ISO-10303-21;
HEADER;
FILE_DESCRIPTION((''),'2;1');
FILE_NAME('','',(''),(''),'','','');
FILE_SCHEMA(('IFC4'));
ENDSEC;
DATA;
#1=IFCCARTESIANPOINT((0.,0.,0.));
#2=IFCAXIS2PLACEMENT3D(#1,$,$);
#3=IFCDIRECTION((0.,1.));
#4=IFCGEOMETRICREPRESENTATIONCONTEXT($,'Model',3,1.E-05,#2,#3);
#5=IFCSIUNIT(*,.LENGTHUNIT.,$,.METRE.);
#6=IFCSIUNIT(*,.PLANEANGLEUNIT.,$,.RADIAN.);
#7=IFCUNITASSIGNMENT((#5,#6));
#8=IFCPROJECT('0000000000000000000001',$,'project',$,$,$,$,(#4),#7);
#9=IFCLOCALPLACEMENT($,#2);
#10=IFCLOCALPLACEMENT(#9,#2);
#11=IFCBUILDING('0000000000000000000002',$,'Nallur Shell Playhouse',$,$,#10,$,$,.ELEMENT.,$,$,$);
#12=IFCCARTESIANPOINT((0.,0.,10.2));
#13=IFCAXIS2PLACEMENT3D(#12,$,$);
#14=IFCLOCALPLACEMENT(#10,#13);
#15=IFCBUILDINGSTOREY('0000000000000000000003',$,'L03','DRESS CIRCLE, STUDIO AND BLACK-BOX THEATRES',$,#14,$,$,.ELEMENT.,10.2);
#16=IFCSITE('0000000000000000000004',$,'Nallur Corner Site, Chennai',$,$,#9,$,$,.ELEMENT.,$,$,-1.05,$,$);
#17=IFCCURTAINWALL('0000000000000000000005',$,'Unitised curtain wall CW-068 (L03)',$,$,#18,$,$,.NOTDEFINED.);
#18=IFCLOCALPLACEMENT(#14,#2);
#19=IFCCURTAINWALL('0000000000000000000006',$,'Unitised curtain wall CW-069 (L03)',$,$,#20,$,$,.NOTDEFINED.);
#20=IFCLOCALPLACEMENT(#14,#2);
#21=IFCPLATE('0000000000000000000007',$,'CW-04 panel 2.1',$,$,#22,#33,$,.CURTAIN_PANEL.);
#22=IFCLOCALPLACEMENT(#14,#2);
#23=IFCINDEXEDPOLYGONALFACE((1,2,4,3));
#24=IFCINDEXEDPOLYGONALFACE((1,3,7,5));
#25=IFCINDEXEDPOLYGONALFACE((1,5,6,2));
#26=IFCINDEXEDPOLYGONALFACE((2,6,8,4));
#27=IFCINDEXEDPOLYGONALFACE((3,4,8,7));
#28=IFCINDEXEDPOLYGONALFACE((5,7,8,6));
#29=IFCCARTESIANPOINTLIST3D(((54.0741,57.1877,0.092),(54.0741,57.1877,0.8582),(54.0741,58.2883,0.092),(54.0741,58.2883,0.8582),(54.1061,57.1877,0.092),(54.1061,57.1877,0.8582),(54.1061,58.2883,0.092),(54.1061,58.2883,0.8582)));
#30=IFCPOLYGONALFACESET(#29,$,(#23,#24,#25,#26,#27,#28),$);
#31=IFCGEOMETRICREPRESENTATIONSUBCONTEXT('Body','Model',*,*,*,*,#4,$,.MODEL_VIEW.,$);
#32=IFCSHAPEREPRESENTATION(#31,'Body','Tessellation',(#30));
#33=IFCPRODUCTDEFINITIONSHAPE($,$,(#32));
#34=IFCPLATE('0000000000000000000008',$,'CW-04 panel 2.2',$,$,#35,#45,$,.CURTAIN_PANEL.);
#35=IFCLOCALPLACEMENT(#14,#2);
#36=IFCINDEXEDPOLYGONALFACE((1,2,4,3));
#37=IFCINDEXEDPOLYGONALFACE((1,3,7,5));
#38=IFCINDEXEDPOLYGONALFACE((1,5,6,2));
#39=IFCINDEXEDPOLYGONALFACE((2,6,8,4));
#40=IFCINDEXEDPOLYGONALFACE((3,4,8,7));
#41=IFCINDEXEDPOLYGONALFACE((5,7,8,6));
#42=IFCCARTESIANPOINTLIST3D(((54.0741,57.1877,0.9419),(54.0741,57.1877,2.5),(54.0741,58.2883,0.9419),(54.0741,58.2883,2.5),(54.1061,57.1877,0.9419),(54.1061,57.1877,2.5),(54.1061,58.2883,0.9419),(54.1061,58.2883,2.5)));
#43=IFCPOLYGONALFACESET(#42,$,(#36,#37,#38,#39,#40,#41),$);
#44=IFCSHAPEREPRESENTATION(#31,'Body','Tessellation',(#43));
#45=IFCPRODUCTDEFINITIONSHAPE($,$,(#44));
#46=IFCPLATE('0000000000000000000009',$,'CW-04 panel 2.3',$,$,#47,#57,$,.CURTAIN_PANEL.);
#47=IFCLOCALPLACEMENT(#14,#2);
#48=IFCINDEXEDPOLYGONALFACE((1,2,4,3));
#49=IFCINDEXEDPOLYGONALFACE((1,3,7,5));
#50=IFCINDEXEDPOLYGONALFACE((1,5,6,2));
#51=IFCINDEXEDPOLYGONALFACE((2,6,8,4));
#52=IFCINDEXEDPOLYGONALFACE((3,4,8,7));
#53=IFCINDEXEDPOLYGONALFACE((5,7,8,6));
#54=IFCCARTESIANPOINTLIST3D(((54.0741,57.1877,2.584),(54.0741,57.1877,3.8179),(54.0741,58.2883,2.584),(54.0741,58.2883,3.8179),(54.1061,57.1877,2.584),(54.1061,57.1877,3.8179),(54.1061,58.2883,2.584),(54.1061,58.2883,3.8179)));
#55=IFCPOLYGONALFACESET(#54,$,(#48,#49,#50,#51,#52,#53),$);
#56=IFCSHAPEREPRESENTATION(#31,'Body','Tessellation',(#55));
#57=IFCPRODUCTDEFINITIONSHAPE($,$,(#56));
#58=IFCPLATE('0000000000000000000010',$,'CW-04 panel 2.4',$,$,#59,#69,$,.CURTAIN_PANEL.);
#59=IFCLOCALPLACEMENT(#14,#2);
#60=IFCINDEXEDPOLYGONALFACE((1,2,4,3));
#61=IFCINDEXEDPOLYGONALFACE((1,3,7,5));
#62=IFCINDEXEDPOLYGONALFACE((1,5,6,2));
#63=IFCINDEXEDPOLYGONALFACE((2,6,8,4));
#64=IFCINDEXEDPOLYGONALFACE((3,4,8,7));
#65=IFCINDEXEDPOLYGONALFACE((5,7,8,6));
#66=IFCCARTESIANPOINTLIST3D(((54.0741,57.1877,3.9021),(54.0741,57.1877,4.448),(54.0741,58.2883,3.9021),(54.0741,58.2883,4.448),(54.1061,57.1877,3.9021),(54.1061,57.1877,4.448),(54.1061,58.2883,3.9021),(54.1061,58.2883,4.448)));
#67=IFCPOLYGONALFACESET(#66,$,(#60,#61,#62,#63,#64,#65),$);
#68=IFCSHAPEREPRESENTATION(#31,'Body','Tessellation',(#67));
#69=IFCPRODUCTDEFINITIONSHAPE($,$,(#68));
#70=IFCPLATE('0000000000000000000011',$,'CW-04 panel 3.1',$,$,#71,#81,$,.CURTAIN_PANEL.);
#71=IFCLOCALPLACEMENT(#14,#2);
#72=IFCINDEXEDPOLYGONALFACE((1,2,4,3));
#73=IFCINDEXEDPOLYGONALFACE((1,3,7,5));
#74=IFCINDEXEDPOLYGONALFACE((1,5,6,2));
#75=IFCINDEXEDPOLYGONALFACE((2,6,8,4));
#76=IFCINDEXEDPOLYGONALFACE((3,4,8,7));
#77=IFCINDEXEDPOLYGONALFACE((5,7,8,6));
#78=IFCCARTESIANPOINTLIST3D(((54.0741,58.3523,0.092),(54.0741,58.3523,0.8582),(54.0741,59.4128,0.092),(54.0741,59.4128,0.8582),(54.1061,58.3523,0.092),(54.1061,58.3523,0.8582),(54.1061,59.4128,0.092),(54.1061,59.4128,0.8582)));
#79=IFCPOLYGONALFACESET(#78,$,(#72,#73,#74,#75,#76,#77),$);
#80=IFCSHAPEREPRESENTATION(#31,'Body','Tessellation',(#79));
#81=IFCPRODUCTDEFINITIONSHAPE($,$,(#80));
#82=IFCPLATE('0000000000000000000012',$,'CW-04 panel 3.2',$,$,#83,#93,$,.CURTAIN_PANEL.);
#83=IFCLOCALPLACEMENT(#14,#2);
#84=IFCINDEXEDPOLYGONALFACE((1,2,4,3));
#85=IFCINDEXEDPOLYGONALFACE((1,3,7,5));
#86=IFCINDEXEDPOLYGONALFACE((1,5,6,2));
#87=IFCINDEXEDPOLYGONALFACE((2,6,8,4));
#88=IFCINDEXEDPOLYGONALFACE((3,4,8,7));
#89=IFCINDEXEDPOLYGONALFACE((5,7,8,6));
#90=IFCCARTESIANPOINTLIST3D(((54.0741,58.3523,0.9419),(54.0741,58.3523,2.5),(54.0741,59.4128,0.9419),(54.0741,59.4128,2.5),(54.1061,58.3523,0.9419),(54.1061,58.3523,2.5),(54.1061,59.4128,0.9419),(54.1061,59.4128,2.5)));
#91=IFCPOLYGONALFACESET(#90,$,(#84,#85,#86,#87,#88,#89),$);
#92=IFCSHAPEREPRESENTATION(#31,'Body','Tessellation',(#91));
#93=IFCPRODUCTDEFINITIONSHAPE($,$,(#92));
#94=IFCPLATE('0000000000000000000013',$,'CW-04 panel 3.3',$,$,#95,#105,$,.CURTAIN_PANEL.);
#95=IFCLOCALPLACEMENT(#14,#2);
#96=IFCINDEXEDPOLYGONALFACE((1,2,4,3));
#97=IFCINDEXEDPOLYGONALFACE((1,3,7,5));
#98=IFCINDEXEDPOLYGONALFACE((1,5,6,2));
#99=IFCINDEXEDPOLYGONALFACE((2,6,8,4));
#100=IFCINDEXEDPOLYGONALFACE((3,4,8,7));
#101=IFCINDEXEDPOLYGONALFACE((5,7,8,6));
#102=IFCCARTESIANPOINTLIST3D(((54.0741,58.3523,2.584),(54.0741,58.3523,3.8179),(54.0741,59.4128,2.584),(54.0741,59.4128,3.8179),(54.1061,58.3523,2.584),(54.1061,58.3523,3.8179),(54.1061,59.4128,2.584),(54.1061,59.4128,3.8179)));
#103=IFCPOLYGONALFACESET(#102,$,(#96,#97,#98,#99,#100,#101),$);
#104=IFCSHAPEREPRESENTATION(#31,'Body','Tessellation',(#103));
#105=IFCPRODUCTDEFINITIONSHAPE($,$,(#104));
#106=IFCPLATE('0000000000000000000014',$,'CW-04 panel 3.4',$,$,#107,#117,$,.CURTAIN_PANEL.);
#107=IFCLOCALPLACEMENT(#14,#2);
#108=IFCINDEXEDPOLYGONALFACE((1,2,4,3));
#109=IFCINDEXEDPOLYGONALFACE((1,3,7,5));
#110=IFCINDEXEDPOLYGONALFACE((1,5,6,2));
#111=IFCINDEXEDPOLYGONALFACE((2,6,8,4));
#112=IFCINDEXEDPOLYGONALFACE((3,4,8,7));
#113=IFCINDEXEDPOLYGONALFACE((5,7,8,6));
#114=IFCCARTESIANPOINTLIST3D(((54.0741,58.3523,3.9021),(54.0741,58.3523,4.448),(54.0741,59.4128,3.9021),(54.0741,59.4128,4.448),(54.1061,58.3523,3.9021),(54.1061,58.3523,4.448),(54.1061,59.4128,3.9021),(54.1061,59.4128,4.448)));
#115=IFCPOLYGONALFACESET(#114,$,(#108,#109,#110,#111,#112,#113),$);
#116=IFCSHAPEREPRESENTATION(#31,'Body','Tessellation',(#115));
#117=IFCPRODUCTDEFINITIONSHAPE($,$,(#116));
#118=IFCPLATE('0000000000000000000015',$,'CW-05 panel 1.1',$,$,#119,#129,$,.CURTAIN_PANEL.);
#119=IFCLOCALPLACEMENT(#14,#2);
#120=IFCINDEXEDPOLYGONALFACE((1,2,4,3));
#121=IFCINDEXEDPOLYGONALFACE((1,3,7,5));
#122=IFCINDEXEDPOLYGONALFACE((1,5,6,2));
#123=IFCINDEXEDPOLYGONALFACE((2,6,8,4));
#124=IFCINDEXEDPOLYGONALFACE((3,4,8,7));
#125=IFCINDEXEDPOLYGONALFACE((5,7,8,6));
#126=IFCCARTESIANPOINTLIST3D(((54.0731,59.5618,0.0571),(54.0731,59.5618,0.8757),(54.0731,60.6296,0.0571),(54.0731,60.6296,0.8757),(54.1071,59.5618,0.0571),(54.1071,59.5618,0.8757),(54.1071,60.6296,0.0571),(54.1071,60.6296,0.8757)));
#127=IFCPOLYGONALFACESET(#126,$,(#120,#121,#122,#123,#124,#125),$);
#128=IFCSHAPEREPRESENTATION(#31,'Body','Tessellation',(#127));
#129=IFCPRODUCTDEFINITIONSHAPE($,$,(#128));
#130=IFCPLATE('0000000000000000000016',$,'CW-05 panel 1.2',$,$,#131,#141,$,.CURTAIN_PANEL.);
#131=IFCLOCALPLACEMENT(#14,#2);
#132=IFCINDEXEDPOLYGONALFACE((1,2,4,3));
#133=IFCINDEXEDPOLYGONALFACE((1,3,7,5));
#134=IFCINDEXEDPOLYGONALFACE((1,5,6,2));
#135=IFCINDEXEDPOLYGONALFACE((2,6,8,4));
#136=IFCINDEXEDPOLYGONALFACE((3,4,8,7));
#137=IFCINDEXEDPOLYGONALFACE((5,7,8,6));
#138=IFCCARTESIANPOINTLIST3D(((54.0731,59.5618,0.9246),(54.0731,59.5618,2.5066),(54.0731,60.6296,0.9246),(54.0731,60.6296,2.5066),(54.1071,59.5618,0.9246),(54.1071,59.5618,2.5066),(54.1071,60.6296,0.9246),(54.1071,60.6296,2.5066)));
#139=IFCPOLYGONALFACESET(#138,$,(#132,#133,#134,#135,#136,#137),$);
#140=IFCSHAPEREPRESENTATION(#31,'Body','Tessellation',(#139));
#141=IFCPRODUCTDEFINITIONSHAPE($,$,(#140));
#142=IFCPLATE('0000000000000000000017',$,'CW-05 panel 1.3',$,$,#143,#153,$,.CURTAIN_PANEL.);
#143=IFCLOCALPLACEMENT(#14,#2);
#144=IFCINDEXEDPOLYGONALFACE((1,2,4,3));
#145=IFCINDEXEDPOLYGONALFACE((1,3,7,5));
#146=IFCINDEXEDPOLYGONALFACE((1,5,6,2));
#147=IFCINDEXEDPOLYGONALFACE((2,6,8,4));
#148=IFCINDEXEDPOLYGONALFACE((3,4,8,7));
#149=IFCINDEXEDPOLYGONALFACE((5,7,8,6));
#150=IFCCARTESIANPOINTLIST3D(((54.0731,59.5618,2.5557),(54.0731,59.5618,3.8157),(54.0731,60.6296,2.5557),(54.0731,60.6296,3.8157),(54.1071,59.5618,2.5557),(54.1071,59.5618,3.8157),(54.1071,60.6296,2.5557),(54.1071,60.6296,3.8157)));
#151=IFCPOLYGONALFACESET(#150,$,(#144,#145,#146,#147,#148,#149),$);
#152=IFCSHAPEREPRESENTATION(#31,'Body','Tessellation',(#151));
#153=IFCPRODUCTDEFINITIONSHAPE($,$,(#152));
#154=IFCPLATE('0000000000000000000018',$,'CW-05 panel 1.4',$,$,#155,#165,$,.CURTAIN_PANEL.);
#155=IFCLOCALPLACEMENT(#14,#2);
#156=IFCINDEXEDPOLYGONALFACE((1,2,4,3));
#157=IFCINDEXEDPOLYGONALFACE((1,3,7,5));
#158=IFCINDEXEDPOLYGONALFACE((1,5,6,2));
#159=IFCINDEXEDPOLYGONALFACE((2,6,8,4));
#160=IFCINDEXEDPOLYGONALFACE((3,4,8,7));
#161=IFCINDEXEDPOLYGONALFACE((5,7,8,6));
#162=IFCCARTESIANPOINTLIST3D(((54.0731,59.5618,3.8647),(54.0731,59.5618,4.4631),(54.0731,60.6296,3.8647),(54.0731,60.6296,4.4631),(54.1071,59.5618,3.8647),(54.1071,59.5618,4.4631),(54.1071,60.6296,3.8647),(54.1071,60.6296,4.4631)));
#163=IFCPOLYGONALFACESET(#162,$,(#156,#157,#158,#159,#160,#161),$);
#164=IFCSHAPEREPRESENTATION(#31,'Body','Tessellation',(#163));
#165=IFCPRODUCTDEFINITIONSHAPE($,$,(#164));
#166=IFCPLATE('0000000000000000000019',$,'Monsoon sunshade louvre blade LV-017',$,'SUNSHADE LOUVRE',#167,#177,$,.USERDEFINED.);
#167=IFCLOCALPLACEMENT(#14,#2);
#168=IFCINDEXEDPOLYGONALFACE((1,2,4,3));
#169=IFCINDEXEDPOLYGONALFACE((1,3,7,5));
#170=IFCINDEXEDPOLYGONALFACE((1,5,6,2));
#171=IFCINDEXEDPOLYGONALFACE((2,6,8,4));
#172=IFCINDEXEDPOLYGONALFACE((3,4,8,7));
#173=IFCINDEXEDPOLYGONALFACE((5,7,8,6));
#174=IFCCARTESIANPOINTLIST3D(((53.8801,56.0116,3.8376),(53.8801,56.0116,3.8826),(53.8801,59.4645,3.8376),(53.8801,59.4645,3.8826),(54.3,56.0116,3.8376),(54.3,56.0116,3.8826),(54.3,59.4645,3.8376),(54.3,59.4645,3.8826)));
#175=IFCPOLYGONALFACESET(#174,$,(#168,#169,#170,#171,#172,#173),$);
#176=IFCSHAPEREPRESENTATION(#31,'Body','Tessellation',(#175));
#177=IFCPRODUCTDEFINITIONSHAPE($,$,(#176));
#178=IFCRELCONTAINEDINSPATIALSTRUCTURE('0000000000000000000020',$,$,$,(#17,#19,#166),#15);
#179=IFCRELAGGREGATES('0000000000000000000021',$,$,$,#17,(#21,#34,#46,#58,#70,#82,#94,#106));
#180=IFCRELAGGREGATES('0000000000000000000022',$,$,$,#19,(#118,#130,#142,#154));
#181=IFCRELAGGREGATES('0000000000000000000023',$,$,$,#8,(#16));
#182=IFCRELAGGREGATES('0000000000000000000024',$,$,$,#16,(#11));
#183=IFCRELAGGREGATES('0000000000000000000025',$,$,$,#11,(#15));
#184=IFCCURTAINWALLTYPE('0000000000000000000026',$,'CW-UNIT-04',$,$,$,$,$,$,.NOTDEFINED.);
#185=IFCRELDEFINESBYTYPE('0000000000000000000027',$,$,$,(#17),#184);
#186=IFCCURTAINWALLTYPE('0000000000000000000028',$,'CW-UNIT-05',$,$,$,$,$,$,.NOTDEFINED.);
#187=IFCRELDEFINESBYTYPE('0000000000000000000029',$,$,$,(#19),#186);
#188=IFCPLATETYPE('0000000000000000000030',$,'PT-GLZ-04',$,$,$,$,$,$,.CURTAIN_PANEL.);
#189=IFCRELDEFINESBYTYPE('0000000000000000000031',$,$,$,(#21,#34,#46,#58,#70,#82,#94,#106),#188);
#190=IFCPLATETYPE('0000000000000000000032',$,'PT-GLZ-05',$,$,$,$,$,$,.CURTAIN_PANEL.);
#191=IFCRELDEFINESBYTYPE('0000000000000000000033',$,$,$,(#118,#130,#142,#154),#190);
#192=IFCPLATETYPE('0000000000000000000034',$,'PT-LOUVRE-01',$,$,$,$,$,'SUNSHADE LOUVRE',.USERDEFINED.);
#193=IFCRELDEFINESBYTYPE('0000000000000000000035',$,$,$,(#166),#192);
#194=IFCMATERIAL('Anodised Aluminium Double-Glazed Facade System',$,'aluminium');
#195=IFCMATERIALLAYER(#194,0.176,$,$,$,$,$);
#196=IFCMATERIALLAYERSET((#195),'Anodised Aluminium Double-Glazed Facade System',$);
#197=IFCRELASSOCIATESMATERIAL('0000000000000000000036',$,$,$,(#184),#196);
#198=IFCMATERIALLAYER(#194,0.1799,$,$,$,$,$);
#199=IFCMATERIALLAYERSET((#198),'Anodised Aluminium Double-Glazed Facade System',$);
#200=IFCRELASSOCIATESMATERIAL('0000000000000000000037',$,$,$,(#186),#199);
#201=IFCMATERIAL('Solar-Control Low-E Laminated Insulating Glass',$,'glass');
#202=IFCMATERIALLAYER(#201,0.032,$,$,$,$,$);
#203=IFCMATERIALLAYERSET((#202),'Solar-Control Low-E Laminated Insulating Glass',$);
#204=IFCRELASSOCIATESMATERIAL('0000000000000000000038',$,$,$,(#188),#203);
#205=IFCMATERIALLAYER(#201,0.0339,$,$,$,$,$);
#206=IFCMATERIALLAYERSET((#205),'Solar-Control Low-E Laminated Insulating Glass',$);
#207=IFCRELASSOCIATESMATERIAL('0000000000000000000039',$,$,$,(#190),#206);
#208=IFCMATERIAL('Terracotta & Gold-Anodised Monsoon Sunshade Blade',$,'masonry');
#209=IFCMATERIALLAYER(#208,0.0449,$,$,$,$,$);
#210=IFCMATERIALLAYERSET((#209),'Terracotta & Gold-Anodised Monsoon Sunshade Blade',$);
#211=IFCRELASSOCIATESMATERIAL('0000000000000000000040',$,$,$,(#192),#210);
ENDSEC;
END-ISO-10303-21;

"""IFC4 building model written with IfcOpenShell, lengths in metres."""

from ifc_helpers import new_model, si_unit, direction, frame, origin, origin_2d, place, context, subcontext, project, spatial, rectangle, extrude, material, layer, layer_set, type_object, element, aggregate, save


model = new_model("IFC4")

# Units and contexts
model_context = context("Model", 3, precision=1e-05, world=origin(), true_north=direction((0.0, 1.0)))
body_context = subcontext(model_context, "Body", "Model", "MODEL_VIEW")
ifc_project = project(units=[si_unit("LENGTHUNIT", "METRE"), si_unit("PLANEANGLEUNIT", "RADIAN")], contexts=[model_context])

# Site, building, storey
site_placement = place(None, origin())
site = spatial("IfcSite", under=ifc_project, at=site_placement, Name="Nallur Corner Site, Chennai", CompositionType="ELEMENT", RefElevation=-1.05)
building_placement = place(site_placement, origin())
building = spatial("IfcBuilding", under=site, at=building_placement, Name="Nallur Shell Playhouse", CompositionType="ELEMENT")
storey_placement = place(building_placement, frame((0.0, 0.0, 10.2)))
storey = spatial("IfcBuildingStorey", under=building, at=storey_placement, Name="L03", Description="DRESS CIRCLE, STUDIO AND BLACK-BOX THEATRES", CompositionType="ELEMENT", Elevation=10.2)

# Curtain walls
ifc_material_1 = material(Name="Anodised Aluminium Double-Glazed Facade System", Category="aluminium")
ifc_layer_1 = layer(ifc_material_1, 0.176)
ifc_layer_set_1 = layer_set([ifc_layer_1], Name="Anodised Aluminium Double-Glazed Facade System")
curtain_wall_type_1 = type_object("IfcCurtainWallType", Name="CW-UNIT-04", PredefinedType="NOTDEFINED", material=ifc_layer_set_1)
curtain_wall_1_placement = place(storey_placement, origin())
curtain_wall_1 = element("IfcCurtainWall", 1, at=curtain_wall_1_placement, inside=storey, type_object=curtain_wall_type_1, Name="Unitised curtain wall CW-068 (L03)", PredefinedType="NOTDEFINED")
ifc_layer_2 = layer(ifc_material_1, 0.1799)
ifc_layer_set_2 = layer_set([ifc_layer_2], Name="Anodised Aluminium Double-Glazed Facade System")
curtain_wall_type_2 = type_object("IfcCurtainWallType", Name="CW-UNIT-05", PredefinedType="NOTDEFINED", material=ifc_layer_set_2)
curtain_wall_2_placement = place(storey_placement, origin())
curtain_wall_2 = element("IfcCurtainWall", 2, at=curtain_wall_2_placement, inside=storey, type_object=curtain_wall_type_2, Name="Unitised curtain wall CW-069 (L03)", PredefinedType="NOTDEFINED")

# Plates
ifc_material_2 = material(Name="Solar-Control Low-E Laminated Insulating Glass", Category="glass")
ifc_layer_3 = layer(ifc_material_2, 0.032)
ifc_layer_set_3 = layer_set([ifc_layer_3], Name="Solar-Control Low-E Laminated Insulating Glass")
plate_type_1 = type_object("IfcPlateType", Name="PT-GLZ-04", PredefinedType="CURTAIN_PANEL", material=ifc_layer_set_3)
plate_1_placement = place(storey_placement, frame((54.0901, 57.738, 0.092), z_axis=(0.0, 0.0, 1.0), x_axis=(0.0, 1.0, 0.0)))
plate_1 = element("IfcPlate", 3, at=plate_1_placement, type_object=plate_type_1, Name="CW-04 panel 2.1", PredefinedType="CURTAIN_PANEL", context=body_context, shape_type="SweptSolid", body=[
    extrude(rectangle(XDim=1.1006, YDim=0.032, at=origin_2d()), origin(), (0.0, 0.0, 1.0), 0.7661),
])
plate_2_placement = place(storey_placement, frame((54.0901, 57.738, 0.9419), z_axis=(0.0, 0.0, 1.0), x_axis=(0.0, 1.0, 0.0)))
plate_2 = element("IfcPlate", 4, at=plate_2_placement, type_object=plate_type_1, Name="CW-04 panel 2.2", PredefinedType="CURTAIN_PANEL", context=body_context, shape_type="SweptSolid", body=[
    extrude(rectangle(XDim=1.1006, YDim=0.032, at=origin_2d()), origin(), (0.0, 0.0, 1.0), 1.5581),
])
plate_3_placement = place(storey_placement, frame((54.0901, 57.738, 2.584), z_axis=(0.0, 0.0, 1.0), x_axis=(0.0, 1.0, 0.0)))
plate_3 = element("IfcPlate", 5, at=plate_3_placement, type_object=plate_type_1, Name="CW-04 panel 2.3", PredefinedType="CURTAIN_PANEL", context=body_context, shape_type="SweptSolid", body=[
    extrude(rectangle(XDim=1.1006, YDim=0.032, at=origin_2d()), origin(), (0.0, 0.0, 1.0), 1.2339),
])
plate_4_placement = place(storey_placement, frame((54.0901, 57.738, 3.9021), z_axis=(0.0, 0.0, 1.0), x_axis=(0.0, 1.0, 0.0)))
plate_4 = element("IfcPlate", 6, at=plate_4_placement, type_object=plate_type_1, Name="CW-04 panel 2.4", PredefinedType="CURTAIN_PANEL", context=body_context, shape_type="SweptSolid", body=[
    extrude(rectangle(XDim=1.1006, YDim=0.032, at=origin_2d()), origin(), (0.0, 0.0, 1.0), 0.5459),
])
plate_5_placement = place(storey_placement, frame((54.0901, 58.8826, 0.092), z_axis=(0.0, 0.0, 1.0), x_axis=(0.0, 1.0, 0.0)))
plate_5 = element("IfcPlate", 7, at=plate_5_placement, type_object=plate_type_1, Name="CW-04 panel 3.1", PredefinedType="CURTAIN_PANEL", context=body_context, shape_type="SweptSolid", body=[
    extrude(rectangle(XDim=1.0605, YDim=0.032, at=origin_2d()), origin(), (0.0, 0.0, 1.0), 0.7661),
])
plate_6_placement = place(storey_placement, frame((54.0901, 58.8826, 0.9419), z_axis=(0.0, 0.0, 1.0), x_axis=(0.0, 1.0, 0.0)))
plate_6 = element("IfcPlate", 8, at=plate_6_placement, type_object=plate_type_1, Name="CW-04 panel 3.2", PredefinedType="CURTAIN_PANEL", context=body_context, shape_type="SweptSolid", body=[
    extrude(rectangle(XDim=1.0605, YDim=0.032, at=origin_2d()), origin(), (0.0, 0.0, 1.0), 1.5581),
])
plate_7_placement = place(storey_placement, frame((54.0901, 58.8826, 2.584), z_axis=(0.0, 0.0, 1.0), x_axis=(0.0, 1.0, 0.0)))
plate_7 = element("IfcPlate", 9, at=plate_7_placement, type_object=plate_type_1, Name="CW-04 panel 3.3", PredefinedType="CURTAIN_PANEL", context=body_context, shape_type="SweptSolid", body=[
    extrude(rectangle(XDim=1.0605, YDim=0.032, at=origin_2d()), origin(), (0.0, 0.0, 1.0), 1.2339),
])
plate_8_placement = place(storey_placement, frame((54.0901, 58.8826, 3.9021), z_axis=(0.0, 0.0, 1.0), x_axis=(0.0, 1.0, 0.0)))
plate_8 = element("IfcPlate", 10, at=plate_8_placement, type_object=plate_type_1, Name="CW-04 panel 3.4", PredefinedType="CURTAIN_PANEL", context=body_context, shape_type="SweptSolid", body=[
    extrude(rectangle(XDim=1.0605, YDim=0.032, at=origin_2d()), origin(), (0.0, 0.0, 1.0), 0.5459),
])
aggregate(curtain_wall_1, [plate_1, plate_2, plate_3, plate_4, plate_5, plate_6, plate_7, plate_8])
ifc_layer_4 = layer(ifc_material_2, 0.0339)
ifc_layer_set_4 = layer_set([ifc_layer_4], Name="Solar-Control Low-E Laminated Insulating Glass")
plate_type_2 = type_object("IfcPlateType", Name="PT-GLZ-05", PredefinedType="CURTAIN_PANEL", material=ifc_layer_set_4)
plate_9_placement = place(storey_placement, frame((54.0901, 60.0957, 0.0571), z_axis=(0.0, 0.0, 1.0), x_axis=(0.0, 1.0, 0.0)))
plate_9 = element("IfcPlate", 11, at=plate_9_placement, type_object=plate_type_2, Name="CW-05 panel 1.1", PredefinedType="CURTAIN_PANEL", context=body_context, shape_type="SweptSolid", body=[
    extrude(rectangle(XDim=1.0679, YDim=0.0339, at=origin_2d()), origin(), (0.0, 0.0, 1.0), 0.8186),
])
plate_10_placement = place(storey_placement, frame((54.0901, 60.0957, 0.9246), z_axis=(0.0, 0.0, 1.0), x_axis=(0.0, 1.0, 0.0)))
plate_10 = element("IfcPlate", 12, at=plate_10_placement, type_object=plate_type_2, Name="CW-05 panel 1.2", PredefinedType="CURTAIN_PANEL", context=body_context, shape_type="SweptSolid", body=[
    extrude(rectangle(XDim=1.0679, YDim=0.0339, at=origin_2d()), origin(), (0.0, 0.0, 1.0), 1.582),
])
plate_11_placement = place(storey_placement, frame((54.0901, 60.0957, 2.5557), z_axis=(0.0, 0.0, 1.0), x_axis=(0.0, 1.0, 0.0)))
plate_11 = element("IfcPlate", 13, at=plate_11_placement, type_object=plate_type_2, Name="CW-05 panel 1.3", PredefinedType="CURTAIN_PANEL", context=body_context, shape_type="SweptSolid", body=[
    extrude(rectangle(XDim=1.0679, YDim=0.0339, at=origin_2d()), origin(), (0.0, 0.0, 1.0), 1.26),
])
plate_12_placement = place(storey_placement, frame((54.0901, 60.0957, 3.8647), z_axis=(0.0, 0.0, 1.0), x_axis=(0.0, 1.0, 0.0)))
plate_12 = element("IfcPlate", 14, at=plate_12_placement, type_object=plate_type_2, Name="CW-05 panel 1.4", PredefinedType="CURTAIN_PANEL", context=body_context, shape_type="SweptSolid", body=[
    extrude(rectangle(XDim=1.0679, YDim=0.0339, at=origin_2d()), origin(), (0.0, 0.0, 1.0), 0.5984),
])
aggregate(curtain_wall_2, [plate_9, plate_10, plate_11, plate_12])
ifc_material_3 = material(Name="Terracotta & Gold-Anodised Monsoon Sunshade Blade", Category="masonry")
ifc_layer_5 = layer(ifc_material_3, 0.0449)
ifc_layer_set_5 = layer_set([ifc_layer_5], Name="Terracotta & Gold-Anodised Monsoon Sunshade Blade")
plate_type_3 = type_object("IfcPlateType", Name="PT-LOUVRE-01", ElementType="SUNSHADE LOUVRE", PredefinedType="USERDEFINED", material=ifc_layer_set_5)
plate_13_placement = place(storey_placement, frame((54.0901, 57.738, 3.8376), z_axis=(0.0, 0.0, 1.0), x_axis=(0.0, 1.0, 0.0)))
element("IfcPlate", 15, at=plate_13_placement, inside=storey, type_object=plate_type_3, Name="Monsoon sunshade louvre blade LV-017", ObjectType="SUNSHADE LOUVRE", PredefinedType="USERDEFINED", context=body_context, shape_type="SweptSolid", body=[
    extrude(rectangle(XDim=3.4529, YDim=0.4199, at=origin_2d()), origin(), (0.0, 0.0, 1.0), 0.0449),
])

save(model, "model.ifc")
